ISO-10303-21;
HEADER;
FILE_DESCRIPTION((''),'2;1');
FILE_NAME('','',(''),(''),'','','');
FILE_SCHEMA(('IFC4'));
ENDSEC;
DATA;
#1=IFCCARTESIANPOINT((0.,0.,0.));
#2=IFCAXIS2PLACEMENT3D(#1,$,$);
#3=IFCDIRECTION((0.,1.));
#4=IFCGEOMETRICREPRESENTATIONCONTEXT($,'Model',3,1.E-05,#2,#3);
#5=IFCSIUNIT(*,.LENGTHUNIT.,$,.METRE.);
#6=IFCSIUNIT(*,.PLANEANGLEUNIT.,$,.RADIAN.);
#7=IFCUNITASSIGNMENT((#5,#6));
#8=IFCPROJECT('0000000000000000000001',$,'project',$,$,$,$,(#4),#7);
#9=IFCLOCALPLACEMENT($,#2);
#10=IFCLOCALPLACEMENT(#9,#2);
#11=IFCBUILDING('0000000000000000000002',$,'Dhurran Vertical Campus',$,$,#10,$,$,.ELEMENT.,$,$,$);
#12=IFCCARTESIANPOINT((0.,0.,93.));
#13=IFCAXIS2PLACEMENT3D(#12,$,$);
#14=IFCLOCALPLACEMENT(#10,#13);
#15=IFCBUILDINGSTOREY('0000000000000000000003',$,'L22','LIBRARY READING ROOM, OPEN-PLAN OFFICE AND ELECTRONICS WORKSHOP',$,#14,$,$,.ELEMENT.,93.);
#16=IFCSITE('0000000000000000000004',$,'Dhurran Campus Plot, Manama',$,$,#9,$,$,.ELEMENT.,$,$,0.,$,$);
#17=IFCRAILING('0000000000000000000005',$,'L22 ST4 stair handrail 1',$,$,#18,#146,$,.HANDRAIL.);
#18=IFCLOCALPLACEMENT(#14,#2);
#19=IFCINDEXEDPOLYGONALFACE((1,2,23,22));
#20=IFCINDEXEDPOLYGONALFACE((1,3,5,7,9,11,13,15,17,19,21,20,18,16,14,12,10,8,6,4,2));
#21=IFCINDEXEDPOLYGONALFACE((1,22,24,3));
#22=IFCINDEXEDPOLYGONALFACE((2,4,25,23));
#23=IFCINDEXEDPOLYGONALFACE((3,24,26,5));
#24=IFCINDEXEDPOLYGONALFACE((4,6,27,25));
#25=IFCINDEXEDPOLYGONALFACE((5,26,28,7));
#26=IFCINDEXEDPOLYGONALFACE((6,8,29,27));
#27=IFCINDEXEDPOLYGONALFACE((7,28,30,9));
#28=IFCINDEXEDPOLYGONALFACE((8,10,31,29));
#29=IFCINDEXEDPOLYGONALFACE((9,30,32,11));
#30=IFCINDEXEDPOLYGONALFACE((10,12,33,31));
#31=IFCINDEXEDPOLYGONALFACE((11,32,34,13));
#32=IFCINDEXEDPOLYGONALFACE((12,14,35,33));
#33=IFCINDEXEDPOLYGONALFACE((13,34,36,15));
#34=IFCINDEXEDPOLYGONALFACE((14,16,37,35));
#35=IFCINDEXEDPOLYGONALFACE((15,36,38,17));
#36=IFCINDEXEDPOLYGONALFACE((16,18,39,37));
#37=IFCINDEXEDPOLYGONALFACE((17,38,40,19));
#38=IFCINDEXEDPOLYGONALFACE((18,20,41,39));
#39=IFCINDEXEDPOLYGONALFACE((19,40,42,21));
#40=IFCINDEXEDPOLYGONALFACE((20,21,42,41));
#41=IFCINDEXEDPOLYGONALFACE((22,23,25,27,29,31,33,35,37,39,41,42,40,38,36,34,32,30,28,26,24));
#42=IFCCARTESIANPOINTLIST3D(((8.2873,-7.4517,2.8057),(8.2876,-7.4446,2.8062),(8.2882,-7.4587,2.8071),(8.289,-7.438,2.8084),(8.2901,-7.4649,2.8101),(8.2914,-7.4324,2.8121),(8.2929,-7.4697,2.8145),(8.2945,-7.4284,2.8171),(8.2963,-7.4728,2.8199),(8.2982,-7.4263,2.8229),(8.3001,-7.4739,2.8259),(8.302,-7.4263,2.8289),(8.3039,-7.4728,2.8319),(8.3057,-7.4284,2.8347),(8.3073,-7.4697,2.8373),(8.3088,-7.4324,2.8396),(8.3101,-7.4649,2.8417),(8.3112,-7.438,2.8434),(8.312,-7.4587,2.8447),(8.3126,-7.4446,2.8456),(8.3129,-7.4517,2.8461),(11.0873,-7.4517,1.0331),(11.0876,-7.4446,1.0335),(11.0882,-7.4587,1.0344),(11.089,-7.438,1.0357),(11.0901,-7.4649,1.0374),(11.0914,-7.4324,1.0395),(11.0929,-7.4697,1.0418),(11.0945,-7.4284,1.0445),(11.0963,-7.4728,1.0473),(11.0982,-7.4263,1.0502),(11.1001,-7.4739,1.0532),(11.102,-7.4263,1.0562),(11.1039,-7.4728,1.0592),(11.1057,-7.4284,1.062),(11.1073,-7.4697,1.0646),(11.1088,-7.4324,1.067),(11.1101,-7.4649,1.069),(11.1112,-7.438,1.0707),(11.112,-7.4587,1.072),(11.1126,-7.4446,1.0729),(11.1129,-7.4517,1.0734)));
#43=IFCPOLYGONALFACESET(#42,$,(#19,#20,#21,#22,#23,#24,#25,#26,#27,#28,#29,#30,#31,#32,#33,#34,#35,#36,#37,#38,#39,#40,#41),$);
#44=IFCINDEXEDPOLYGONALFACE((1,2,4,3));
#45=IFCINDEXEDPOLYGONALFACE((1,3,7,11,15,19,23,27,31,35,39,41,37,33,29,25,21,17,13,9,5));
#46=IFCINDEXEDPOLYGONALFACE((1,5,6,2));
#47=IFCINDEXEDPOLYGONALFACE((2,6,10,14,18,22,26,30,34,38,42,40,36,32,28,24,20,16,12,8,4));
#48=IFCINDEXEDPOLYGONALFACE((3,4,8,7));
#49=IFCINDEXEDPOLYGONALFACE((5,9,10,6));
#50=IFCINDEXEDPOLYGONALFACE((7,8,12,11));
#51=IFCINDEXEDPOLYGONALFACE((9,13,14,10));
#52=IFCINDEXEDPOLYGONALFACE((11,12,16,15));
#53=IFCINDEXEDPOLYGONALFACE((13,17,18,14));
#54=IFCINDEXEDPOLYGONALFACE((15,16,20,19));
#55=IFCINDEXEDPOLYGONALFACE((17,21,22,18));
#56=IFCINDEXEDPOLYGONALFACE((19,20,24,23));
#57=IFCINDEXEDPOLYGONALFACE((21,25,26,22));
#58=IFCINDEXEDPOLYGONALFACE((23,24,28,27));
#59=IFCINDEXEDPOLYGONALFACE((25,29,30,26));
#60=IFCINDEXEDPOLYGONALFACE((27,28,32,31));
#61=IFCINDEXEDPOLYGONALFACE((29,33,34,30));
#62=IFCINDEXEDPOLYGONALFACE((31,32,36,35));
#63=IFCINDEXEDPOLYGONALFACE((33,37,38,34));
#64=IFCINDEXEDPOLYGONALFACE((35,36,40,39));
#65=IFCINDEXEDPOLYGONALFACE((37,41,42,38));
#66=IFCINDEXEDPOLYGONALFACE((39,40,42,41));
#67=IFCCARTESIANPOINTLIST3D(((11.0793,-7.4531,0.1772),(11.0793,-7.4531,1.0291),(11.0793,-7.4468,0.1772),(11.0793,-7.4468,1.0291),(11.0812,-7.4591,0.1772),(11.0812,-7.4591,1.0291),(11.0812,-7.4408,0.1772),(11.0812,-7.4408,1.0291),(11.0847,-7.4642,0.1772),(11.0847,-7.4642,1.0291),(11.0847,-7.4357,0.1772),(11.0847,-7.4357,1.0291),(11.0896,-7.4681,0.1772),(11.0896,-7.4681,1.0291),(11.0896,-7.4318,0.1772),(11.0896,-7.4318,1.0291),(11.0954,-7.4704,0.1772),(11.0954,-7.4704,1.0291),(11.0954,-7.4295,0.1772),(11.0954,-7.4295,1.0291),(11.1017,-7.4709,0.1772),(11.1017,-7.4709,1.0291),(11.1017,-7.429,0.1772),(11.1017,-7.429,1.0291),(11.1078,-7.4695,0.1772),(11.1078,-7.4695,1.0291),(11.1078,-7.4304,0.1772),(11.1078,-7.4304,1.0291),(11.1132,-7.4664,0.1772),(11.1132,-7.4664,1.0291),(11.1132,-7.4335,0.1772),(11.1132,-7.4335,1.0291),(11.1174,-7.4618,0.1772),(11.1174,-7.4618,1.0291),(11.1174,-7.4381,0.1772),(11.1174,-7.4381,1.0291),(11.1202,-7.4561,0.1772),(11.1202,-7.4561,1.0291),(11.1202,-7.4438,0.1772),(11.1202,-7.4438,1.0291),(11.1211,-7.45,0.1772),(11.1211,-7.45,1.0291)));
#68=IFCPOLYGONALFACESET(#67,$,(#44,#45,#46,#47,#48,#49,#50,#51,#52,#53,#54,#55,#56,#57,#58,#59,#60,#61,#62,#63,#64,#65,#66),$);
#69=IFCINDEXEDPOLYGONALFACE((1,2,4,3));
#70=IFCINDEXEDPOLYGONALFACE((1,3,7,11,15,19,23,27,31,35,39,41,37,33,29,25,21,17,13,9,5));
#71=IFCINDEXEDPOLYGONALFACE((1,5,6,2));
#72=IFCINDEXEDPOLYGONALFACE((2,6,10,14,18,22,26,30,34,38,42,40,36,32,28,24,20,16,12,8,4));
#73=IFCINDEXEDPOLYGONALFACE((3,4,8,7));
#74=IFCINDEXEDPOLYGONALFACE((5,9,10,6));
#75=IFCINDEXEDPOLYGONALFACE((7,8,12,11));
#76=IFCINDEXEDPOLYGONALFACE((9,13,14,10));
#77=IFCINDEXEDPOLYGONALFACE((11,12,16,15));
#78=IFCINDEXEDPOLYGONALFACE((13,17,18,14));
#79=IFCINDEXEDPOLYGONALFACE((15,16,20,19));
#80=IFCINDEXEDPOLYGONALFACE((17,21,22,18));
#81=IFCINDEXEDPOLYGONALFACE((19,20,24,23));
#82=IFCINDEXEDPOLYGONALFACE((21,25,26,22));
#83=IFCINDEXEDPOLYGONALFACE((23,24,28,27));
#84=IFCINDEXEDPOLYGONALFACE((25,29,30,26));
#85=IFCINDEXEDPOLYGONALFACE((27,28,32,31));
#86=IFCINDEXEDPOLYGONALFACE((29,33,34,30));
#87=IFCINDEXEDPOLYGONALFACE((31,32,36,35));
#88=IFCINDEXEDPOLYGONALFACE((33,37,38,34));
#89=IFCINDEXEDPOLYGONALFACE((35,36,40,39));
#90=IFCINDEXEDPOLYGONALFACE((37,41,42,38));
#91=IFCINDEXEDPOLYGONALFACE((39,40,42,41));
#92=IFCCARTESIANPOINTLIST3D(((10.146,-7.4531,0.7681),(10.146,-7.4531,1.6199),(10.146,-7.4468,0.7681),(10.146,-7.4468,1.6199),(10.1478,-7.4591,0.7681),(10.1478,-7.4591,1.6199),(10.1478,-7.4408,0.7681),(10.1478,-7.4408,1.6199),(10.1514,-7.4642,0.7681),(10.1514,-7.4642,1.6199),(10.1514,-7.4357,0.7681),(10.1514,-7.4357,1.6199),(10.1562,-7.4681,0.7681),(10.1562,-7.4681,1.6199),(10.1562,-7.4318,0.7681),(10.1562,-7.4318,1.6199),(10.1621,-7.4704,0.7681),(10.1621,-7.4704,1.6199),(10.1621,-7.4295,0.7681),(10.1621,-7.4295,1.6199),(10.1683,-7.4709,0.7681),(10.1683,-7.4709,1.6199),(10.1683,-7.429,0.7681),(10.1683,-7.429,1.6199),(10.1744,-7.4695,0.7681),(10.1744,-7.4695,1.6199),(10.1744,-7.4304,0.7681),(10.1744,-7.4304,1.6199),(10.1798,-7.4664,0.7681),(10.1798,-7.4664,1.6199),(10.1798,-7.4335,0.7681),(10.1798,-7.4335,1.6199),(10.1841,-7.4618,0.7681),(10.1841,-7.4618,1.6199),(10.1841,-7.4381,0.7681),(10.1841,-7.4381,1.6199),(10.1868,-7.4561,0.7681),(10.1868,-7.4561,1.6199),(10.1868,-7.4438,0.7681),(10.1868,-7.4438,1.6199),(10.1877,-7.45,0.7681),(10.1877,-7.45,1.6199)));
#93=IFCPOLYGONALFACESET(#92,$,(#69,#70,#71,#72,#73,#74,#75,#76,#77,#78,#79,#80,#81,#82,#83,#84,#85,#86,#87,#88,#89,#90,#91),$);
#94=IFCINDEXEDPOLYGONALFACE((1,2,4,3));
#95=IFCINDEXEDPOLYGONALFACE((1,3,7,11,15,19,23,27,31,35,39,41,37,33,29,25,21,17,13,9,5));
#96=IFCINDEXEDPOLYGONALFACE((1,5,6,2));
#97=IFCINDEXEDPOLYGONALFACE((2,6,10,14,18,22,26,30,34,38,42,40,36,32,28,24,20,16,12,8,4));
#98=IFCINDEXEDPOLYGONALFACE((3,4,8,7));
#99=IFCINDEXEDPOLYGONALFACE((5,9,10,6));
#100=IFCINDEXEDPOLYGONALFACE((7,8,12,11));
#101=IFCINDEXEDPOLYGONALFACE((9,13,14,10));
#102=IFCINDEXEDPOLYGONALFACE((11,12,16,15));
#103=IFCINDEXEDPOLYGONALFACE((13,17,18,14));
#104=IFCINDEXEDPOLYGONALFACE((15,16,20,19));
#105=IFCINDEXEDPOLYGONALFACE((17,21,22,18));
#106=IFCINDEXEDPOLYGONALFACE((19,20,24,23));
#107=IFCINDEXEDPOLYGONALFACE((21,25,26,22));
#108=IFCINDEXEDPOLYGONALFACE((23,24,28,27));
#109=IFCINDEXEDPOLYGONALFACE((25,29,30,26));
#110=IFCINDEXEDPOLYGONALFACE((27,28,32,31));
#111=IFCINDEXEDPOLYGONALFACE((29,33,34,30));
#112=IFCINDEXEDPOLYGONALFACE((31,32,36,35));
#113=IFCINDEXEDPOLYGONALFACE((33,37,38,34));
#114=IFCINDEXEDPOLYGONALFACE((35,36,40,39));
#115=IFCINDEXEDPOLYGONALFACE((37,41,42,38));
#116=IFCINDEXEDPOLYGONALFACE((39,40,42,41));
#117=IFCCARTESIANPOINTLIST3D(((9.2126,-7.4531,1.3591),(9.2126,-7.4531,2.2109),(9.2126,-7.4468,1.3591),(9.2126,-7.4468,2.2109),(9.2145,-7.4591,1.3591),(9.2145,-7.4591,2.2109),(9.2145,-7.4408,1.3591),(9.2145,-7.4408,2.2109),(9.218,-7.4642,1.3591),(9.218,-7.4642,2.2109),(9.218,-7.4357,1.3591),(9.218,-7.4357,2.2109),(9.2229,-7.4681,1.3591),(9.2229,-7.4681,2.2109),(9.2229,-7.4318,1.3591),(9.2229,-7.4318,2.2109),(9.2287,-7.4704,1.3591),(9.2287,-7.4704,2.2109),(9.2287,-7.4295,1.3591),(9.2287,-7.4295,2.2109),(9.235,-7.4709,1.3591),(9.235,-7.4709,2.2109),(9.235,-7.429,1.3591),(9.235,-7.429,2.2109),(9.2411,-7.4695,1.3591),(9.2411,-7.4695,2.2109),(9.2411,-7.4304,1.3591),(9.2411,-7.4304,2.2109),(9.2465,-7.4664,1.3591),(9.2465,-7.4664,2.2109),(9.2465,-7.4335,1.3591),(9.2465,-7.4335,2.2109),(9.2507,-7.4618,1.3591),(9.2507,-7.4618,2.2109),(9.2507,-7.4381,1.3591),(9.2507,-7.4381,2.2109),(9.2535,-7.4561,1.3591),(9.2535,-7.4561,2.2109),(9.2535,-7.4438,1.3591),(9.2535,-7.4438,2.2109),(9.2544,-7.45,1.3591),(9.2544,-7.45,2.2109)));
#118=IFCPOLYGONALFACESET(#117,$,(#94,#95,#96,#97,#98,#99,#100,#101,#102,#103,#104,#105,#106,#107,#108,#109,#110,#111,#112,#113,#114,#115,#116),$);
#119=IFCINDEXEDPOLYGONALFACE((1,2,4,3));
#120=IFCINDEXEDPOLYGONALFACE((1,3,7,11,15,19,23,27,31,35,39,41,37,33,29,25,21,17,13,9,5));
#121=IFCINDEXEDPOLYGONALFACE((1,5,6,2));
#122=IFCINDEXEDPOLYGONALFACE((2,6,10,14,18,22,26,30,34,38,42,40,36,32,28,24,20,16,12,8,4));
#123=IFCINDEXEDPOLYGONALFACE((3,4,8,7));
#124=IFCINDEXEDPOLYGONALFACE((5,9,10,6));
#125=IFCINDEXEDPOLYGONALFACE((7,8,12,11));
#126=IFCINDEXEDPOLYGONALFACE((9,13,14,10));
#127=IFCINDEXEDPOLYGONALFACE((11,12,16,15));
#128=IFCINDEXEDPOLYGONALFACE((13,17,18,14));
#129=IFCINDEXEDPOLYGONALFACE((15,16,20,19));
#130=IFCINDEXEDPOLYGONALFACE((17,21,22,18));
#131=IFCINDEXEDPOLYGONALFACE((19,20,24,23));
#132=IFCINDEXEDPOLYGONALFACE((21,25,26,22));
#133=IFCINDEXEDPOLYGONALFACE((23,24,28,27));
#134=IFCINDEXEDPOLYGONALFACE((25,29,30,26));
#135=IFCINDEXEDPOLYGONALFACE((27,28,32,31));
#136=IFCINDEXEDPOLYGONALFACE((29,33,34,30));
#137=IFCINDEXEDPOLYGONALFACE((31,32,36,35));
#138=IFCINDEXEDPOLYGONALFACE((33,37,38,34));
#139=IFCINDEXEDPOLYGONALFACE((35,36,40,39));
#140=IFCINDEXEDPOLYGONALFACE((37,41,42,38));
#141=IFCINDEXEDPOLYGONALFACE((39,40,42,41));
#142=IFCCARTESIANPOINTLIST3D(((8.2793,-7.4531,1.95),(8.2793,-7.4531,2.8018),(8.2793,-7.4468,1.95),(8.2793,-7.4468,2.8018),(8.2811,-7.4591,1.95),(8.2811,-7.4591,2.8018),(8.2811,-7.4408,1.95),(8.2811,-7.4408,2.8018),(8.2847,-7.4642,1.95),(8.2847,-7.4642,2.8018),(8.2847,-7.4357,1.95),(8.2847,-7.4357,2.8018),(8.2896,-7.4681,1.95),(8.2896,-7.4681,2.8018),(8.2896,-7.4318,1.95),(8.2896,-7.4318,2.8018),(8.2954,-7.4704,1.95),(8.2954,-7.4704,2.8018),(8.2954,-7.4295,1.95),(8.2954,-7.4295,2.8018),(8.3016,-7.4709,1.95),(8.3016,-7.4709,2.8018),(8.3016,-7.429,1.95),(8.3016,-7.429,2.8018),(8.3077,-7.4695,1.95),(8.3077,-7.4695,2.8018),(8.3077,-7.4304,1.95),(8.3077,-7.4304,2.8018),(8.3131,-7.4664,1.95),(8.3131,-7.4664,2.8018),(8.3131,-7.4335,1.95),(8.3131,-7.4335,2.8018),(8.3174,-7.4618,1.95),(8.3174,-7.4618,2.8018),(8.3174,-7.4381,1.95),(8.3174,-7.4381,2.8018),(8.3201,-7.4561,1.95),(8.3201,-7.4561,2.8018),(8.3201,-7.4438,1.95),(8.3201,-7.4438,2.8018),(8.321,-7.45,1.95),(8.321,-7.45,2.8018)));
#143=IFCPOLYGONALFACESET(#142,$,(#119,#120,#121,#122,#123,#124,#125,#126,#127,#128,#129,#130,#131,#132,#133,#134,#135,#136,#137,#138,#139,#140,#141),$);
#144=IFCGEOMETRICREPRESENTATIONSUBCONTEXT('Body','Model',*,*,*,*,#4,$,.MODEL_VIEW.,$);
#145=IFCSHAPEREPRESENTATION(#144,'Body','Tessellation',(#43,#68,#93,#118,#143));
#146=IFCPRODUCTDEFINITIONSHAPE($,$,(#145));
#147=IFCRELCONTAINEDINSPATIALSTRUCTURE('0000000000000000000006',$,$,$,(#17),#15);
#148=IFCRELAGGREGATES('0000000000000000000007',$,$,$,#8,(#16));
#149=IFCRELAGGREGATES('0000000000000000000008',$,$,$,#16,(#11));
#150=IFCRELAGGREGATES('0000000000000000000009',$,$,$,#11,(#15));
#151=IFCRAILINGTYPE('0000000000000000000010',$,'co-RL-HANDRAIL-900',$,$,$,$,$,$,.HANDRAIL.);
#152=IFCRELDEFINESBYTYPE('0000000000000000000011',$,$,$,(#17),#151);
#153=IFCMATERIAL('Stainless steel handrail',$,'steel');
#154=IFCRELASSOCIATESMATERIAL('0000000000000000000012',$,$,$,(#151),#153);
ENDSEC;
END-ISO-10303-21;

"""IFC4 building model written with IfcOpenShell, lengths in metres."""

from ifc_helpers import new_model, si_unit, direction, frame, origin, origin_2d, place, context, subcontext, project, spatial, circle, extrude, material, type_object, element, save


model = new_model("IFC4")

# Units and contexts
model_context = context("Model", 3, precision=1e-05, world=origin(), true_north=direction((0.0, 1.0)))
body_context = subcontext(model_context, "Body", "Model", "MODEL_VIEW")
ifc_project = project(units=[si_unit("LENGTHUNIT", "METRE"), si_unit("PLANEANGLEUNIT", "RADIAN")], contexts=[model_context])

# Site, building, storey
site_placement = place(None, origin())
site = spatial("IfcSite", under=ifc_project, at=site_placement, Name="Dhurran Campus Plot, Manama", CompositionType="ELEMENT", RefElevation=0.0)
building_placement = place(site_placement, origin())
building = spatial("IfcBuilding", under=site, at=building_placement, Name="Dhurran Vertical Campus", CompositionType="ELEMENT")
storey_placement = place(building_placement, frame((0.0, 0.0, 93.0)))
storey = spatial("IfcBuildingStorey", under=building, at=storey_placement, Name="L22", Description="LIBRARY READING ROOM, OPEN-PLAN OFFICE AND ELECTRONICS WORKSHOP", CompositionType="ELEMENT", Elevation=93.0)

# Railing
ifc_material_1 = material(Name="Stainless steel handrail", Category="steel")
railing_type_1 = type_object("IfcRailingType", Name="co-RL-HANDRAIL-900", PredefinedType="HANDRAIL", material=ifc_material_1)
railing_1_placement = place(storey_placement, frame((11.1001, -7.45, 0.1772)))
element("IfcRailing", 1, at=railing_1_placement, inside=storey, type_object=railing_type_1, Name="L22 ST4 stair handrail 1", PredefinedType="HANDRAIL", context=body_context, shape_type="SweptSolid", body=[
    extrude(circle(Radius=0.0239, at=origin_2d()), frame((0.0, 0.0, 0.876), z_axis=(-0.844909, 0.0, 0.53491), x_axis=(0.0, -1.0, 0.0)), (0.0, 0.0, 1.0), 3.314),
    extrude(circle(Radius=0.021, at=origin_2d()), origin(), (0.0, 0.0, 1.0), 0.8518),
    extrude(circle(Radius=0.021, at=origin_2d()), frame((-0.9333, 0.0, 0.5908)), (0.0, 0.0, 1.0), 0.8518),
    extrude(circle(Radius=0.021, at=origin_2d()), frame((-1.8667, 0.0, 1.1819)), (0.0, 0.0, 1.0), 0.8518),
    extrude(circle(Radius=0.021, at=origin_2d()), frame((-2.8, 0.0, 1.7727)), (0.0, 0.0, 1.0), 0.8518),
])

save(model, "model.ifc")
